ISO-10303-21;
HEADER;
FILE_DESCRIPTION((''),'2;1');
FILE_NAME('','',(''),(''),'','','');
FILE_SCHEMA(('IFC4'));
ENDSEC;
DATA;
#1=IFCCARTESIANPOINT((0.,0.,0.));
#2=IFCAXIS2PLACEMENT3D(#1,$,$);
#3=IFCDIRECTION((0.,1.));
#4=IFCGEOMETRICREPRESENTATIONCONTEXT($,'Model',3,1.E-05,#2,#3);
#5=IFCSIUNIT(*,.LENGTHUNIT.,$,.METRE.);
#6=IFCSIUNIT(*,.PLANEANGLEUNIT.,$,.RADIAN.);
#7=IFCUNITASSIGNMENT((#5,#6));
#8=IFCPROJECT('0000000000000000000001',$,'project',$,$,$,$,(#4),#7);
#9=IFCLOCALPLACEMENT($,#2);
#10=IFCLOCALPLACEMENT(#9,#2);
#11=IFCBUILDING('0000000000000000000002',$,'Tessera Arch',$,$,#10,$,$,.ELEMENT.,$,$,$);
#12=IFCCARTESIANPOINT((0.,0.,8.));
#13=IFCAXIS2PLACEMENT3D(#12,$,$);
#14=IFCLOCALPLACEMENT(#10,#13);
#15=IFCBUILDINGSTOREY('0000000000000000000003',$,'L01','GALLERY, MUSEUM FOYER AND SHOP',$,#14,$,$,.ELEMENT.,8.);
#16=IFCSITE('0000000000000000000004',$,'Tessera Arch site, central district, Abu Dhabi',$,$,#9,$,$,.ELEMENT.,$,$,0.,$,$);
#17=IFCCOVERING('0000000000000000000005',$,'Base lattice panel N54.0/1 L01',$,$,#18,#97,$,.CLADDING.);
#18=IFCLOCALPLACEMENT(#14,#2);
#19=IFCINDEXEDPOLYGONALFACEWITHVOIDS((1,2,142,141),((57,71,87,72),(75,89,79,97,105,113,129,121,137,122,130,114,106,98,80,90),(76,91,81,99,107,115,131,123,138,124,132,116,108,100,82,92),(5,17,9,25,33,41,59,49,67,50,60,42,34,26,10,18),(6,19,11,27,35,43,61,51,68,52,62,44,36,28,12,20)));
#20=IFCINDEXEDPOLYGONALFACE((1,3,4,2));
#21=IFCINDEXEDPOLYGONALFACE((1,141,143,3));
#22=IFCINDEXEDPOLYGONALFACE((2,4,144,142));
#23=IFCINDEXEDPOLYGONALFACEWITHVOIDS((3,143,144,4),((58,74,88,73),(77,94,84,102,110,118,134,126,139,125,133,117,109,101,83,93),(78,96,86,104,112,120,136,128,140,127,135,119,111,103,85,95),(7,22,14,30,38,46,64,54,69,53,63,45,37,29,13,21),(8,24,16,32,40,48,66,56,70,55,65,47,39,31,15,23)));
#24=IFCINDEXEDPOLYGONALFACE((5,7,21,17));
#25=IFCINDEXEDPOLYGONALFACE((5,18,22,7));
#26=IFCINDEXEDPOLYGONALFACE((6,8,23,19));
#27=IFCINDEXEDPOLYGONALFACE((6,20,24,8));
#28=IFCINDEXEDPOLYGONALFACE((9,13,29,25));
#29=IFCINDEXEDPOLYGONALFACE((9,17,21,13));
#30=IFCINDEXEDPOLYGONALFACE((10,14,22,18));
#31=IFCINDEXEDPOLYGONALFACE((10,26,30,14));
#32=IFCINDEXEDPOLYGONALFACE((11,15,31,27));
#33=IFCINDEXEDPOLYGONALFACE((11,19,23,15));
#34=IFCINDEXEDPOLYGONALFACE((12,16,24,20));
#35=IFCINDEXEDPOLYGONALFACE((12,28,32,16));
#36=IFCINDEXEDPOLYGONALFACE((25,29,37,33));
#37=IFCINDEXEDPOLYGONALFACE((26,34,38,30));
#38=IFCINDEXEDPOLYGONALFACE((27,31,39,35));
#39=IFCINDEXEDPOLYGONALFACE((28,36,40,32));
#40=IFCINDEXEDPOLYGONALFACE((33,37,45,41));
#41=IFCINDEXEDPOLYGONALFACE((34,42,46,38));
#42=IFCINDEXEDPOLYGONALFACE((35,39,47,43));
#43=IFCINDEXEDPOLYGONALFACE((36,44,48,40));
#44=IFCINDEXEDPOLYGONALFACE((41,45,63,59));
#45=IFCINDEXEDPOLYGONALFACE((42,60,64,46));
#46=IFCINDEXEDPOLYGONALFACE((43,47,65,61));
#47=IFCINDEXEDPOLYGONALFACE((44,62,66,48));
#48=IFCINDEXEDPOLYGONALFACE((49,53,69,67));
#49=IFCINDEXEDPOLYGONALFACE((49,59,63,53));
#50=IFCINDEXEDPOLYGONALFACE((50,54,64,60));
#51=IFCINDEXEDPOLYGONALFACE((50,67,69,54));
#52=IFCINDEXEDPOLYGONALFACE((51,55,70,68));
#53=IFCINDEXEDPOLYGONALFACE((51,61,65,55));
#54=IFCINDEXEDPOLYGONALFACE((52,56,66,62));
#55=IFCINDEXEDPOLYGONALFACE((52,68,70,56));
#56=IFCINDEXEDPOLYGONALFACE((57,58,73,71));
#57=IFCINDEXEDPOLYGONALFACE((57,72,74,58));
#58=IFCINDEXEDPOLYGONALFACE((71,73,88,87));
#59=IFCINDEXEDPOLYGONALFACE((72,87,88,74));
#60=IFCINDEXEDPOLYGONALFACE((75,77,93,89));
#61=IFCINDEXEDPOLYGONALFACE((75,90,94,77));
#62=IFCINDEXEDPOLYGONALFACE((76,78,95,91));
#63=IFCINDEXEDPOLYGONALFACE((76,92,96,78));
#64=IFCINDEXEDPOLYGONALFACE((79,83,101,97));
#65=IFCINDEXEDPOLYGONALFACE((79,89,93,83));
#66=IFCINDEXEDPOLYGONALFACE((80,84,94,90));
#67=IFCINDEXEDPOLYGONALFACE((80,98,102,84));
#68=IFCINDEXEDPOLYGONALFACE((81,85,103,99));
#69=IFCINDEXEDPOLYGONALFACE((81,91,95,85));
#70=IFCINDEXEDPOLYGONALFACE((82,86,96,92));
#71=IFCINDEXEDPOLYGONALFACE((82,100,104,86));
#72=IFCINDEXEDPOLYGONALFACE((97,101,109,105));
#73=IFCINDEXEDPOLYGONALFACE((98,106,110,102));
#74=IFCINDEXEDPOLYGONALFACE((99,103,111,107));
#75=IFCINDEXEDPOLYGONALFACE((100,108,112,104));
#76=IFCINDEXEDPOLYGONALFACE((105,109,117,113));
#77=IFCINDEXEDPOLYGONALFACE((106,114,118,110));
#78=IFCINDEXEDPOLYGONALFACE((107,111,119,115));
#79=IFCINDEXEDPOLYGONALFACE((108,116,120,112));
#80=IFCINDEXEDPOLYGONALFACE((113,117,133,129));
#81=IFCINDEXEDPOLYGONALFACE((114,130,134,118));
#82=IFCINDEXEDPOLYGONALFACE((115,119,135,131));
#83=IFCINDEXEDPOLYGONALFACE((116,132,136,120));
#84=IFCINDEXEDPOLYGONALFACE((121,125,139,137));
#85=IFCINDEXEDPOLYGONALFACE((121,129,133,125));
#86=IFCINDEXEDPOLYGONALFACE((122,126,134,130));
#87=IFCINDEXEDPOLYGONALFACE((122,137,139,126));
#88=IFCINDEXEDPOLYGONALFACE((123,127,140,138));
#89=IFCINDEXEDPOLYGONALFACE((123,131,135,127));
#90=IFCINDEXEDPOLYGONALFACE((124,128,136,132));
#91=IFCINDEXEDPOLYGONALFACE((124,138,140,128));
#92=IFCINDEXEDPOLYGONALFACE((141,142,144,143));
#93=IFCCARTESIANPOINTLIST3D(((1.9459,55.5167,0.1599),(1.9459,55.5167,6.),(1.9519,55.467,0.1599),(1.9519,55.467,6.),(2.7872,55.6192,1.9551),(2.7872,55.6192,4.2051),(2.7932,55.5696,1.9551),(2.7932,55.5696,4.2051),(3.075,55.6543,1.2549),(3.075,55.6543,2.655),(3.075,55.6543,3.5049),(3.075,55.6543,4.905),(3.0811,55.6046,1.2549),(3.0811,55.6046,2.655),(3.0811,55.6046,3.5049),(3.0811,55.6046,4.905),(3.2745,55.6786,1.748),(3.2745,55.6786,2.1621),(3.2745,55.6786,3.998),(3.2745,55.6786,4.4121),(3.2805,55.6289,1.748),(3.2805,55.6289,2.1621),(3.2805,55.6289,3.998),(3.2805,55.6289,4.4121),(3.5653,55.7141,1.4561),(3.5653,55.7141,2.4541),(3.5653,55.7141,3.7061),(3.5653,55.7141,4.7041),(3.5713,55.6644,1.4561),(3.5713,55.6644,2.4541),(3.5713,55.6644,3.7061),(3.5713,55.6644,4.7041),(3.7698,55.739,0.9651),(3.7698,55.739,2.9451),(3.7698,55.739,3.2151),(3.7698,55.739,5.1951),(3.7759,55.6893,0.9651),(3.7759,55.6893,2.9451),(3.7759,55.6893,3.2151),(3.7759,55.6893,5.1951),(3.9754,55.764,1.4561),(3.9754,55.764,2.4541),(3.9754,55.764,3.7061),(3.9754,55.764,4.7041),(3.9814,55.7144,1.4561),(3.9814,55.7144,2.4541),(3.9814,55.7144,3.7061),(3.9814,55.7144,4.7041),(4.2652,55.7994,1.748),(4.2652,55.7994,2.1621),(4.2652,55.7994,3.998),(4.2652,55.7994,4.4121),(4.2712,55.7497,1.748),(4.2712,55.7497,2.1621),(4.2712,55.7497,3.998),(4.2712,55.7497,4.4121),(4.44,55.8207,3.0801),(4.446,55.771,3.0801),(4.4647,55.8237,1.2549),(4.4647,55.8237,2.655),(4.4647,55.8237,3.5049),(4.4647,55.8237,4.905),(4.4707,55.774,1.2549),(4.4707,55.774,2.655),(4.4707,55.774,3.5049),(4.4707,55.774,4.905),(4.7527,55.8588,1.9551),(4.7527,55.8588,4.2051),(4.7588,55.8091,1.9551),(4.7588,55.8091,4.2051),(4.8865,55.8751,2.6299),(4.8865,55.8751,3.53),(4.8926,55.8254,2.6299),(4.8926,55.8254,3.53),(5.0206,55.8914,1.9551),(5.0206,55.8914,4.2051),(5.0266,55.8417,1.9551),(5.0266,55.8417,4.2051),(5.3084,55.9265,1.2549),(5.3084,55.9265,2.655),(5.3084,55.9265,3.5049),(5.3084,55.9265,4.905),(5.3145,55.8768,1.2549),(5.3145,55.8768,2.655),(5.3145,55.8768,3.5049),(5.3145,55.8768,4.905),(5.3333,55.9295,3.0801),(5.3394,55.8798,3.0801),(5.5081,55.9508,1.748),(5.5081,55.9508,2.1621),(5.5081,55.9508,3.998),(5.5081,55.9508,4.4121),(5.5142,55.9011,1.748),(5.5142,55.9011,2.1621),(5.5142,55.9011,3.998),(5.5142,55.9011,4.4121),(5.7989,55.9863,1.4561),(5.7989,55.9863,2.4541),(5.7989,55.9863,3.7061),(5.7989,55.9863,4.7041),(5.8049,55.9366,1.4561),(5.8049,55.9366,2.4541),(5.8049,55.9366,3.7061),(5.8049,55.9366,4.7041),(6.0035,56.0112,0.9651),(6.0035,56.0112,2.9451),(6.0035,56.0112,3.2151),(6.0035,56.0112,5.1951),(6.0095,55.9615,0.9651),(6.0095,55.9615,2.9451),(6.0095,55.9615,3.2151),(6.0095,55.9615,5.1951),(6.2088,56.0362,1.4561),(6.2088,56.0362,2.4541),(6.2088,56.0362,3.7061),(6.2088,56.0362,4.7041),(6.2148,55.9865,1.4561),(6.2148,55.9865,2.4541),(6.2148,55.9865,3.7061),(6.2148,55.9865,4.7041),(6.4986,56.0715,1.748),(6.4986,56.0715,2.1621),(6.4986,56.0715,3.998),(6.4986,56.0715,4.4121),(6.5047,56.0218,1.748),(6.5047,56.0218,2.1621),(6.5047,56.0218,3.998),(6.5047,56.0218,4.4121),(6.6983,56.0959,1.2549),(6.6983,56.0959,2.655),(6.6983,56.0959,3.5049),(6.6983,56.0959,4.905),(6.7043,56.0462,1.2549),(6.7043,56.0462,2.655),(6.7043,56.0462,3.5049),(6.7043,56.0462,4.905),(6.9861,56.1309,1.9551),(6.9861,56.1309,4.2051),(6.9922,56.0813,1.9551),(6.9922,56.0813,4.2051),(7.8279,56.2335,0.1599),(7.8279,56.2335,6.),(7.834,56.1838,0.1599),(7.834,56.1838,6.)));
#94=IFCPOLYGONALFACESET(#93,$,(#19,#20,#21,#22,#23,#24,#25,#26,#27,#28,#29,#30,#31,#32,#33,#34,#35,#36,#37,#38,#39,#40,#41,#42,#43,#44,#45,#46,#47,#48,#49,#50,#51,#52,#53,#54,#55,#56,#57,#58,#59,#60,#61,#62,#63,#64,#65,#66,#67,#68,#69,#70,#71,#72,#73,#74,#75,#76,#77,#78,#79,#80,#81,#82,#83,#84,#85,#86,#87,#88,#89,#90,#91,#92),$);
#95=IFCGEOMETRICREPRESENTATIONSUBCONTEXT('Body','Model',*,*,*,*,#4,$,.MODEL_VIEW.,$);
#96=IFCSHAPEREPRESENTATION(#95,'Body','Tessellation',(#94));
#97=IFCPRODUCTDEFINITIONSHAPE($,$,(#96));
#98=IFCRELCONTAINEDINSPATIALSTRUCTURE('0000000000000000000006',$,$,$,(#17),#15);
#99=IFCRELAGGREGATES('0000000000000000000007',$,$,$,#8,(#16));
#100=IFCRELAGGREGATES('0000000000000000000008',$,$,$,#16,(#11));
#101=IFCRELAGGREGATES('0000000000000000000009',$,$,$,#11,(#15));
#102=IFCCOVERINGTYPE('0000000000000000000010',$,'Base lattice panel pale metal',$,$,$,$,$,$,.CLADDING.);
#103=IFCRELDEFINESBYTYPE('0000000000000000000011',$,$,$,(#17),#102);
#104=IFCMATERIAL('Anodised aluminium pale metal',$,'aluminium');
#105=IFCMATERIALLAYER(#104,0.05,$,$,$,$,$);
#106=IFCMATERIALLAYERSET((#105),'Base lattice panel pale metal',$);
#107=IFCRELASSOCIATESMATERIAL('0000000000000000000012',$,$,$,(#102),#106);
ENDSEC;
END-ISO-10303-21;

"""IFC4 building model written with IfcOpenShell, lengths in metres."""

from ifc_helpers import new_model, si_unit, direction, frame, origin, place, context, subcontext, project, spatial, polyline, outline, extrude, material, layer, layer_set, type_object, element, save


model = new_model("IFC4")

# Units and contexts
model_context = context("Model", 3, precision=1e-05, world=origin(), true_north=direction((0.0, 1.0)))
body_context = subcontext(model_context, "Body", "Model", "MODEL_VIEW")
ifc_project = project(units=[si_unit("LENGTHUNIT", "METRE"), si_unit("PLANEANGLEUNIT", "RADIAN")], contexts=[model_context])

# Site, building, storey
site_placement = place(None, origin())
site = spatial("IfcSite", under=ifc_project, at=site_placement, Name="Tessera Arch site, central district, Abu Dhabi", CompositionType="ELEMENT", RefElevation=0.0)
building_placement = place(site_placement, origin())
building = spatial("IfcBuilding", under=site, at=building_placement, Name="Tessera Arch", CompositionType="ELEMENT")
storey_placement = place(building_placement, frame((0.0, 0.0, 8.0)))
storey = spatial("IfcBuildingStorey", under=building, at=storey_placement, Name="L01", Description="GALLERY, MUSEUM FOYER AND SHOP", CompositionType="ELEMENT", Elevation=8.0)

# Covering
ifc_material_1 = material(Name="Anodised aluminium pale metal", Category="aluminium")
ifc_layer_1 = layer(ifc_material_1, 0.05)
ifc_layer_set_1 = layer_set([ifc_layer_1], Name="Base lattice panel pale metal")
covering_type_1 = type_object("IfcCoveringType", Name="Base lattice panel pale metal", PredefinedType="CLADDING", material=ifc_layer_set_1)
covering_1_placement = place(storey_placement, frame((7.834, 56.1838, 6.0), z_axis=(0.120966, -0.992657, 0.0), x_axis=(-0.992657, -0.120966, 0.0)))
element("IfcCovering", 1, at=covering_1_placement, inside=storey, type_object=covering_type_1, Name="Base lattice panel N54.0/1 L01", PredefinedType="CLADDING", context=body_context, shape_type="SweptSolid", body=[
    extrude(outline(polyline([(0.0, 0.0), (5.9256, 0.0), (5.9256, 5.8401), (0.0, 5.8401), (0.0, 0.0)]), holes=[polyline([(2.8281, 4.0449), (2.337, 3.8379), (2.5382, 3.345), (2.0441, 3.5459), (1.838, 3.0549), (1.6311, 3.5459), (1.138, 3.345), (1.3392, 3.8379), (0.848, 4.0449), (1.3392, 4.252), (1.138, 4.7451), (1.6311, 4.5439), (1.838, 5.0349), (2.0441, 4.5439), (2.5382, 4.7451), (2.337, 4.252), (2.8281, 4.0449)]), polyline([(2.8281, 1.7949), (2.337, 1.5879), (2.5382, 1.095), (2.0441, 1.2959), (1.838, 0.8049), (1.6311, 1.2959), (1.138, 1.095), (1.3392, 1.5879), (0.848, 1.7949), (1.3392, 2.002), (1.138, 2.4951), (1.6311, 2.2939), (1.838, 2.7849), (2.0441, 2.2939), (2.5382, 2.4951), (2.337, 2.002), (2.8281, 1.7949)]), polyline([(5.0781, 4.0449), (4.5872, 3.8379), (4.7881, 3.345), (4.2942, 3.5459), (4.0881, 3.0549), (3.881, 3.5459), (3.3881, 3.345), (3.5891, 3.8379), (3.0979, 4.0449), (3.5891, 4.252), (3.3881, 4.7451), (3.881, 4.5439), (4.0881, 5.0349), (4.2942, 4.5439), (4.7881, 4.7451), (4.5872, 4.252), (5.0781, 4.0449)]), polyline([(5.0781, 1.7949), (4.5872, 1.5879), (4.7881, 1.095), (4.2942, 1.2959), (4.0881, 0.8049), (3.881, 1.2959), (3.3881, 1.095), (3.5891, 1.5879), (3.0979, 1.7949), (3.5891, 2.002), (3.3881, 2.4951), (3.881, 2.2939), (4.0881, 2.7849), (4.2942, 2.2939), (4.7881, 2.4951), (4.5872, 2.002), (5.0781, 1.7949)]), polyline([(3.413, 2.9199), (2.9632, 2.47), (2.5131, 2.9199), (2.9632, 3.3701), (3.413, 2.9199)])]), origin(), (0.0, 0.0, -1.0), 0.05),
])

save(model, "model.ifc")
